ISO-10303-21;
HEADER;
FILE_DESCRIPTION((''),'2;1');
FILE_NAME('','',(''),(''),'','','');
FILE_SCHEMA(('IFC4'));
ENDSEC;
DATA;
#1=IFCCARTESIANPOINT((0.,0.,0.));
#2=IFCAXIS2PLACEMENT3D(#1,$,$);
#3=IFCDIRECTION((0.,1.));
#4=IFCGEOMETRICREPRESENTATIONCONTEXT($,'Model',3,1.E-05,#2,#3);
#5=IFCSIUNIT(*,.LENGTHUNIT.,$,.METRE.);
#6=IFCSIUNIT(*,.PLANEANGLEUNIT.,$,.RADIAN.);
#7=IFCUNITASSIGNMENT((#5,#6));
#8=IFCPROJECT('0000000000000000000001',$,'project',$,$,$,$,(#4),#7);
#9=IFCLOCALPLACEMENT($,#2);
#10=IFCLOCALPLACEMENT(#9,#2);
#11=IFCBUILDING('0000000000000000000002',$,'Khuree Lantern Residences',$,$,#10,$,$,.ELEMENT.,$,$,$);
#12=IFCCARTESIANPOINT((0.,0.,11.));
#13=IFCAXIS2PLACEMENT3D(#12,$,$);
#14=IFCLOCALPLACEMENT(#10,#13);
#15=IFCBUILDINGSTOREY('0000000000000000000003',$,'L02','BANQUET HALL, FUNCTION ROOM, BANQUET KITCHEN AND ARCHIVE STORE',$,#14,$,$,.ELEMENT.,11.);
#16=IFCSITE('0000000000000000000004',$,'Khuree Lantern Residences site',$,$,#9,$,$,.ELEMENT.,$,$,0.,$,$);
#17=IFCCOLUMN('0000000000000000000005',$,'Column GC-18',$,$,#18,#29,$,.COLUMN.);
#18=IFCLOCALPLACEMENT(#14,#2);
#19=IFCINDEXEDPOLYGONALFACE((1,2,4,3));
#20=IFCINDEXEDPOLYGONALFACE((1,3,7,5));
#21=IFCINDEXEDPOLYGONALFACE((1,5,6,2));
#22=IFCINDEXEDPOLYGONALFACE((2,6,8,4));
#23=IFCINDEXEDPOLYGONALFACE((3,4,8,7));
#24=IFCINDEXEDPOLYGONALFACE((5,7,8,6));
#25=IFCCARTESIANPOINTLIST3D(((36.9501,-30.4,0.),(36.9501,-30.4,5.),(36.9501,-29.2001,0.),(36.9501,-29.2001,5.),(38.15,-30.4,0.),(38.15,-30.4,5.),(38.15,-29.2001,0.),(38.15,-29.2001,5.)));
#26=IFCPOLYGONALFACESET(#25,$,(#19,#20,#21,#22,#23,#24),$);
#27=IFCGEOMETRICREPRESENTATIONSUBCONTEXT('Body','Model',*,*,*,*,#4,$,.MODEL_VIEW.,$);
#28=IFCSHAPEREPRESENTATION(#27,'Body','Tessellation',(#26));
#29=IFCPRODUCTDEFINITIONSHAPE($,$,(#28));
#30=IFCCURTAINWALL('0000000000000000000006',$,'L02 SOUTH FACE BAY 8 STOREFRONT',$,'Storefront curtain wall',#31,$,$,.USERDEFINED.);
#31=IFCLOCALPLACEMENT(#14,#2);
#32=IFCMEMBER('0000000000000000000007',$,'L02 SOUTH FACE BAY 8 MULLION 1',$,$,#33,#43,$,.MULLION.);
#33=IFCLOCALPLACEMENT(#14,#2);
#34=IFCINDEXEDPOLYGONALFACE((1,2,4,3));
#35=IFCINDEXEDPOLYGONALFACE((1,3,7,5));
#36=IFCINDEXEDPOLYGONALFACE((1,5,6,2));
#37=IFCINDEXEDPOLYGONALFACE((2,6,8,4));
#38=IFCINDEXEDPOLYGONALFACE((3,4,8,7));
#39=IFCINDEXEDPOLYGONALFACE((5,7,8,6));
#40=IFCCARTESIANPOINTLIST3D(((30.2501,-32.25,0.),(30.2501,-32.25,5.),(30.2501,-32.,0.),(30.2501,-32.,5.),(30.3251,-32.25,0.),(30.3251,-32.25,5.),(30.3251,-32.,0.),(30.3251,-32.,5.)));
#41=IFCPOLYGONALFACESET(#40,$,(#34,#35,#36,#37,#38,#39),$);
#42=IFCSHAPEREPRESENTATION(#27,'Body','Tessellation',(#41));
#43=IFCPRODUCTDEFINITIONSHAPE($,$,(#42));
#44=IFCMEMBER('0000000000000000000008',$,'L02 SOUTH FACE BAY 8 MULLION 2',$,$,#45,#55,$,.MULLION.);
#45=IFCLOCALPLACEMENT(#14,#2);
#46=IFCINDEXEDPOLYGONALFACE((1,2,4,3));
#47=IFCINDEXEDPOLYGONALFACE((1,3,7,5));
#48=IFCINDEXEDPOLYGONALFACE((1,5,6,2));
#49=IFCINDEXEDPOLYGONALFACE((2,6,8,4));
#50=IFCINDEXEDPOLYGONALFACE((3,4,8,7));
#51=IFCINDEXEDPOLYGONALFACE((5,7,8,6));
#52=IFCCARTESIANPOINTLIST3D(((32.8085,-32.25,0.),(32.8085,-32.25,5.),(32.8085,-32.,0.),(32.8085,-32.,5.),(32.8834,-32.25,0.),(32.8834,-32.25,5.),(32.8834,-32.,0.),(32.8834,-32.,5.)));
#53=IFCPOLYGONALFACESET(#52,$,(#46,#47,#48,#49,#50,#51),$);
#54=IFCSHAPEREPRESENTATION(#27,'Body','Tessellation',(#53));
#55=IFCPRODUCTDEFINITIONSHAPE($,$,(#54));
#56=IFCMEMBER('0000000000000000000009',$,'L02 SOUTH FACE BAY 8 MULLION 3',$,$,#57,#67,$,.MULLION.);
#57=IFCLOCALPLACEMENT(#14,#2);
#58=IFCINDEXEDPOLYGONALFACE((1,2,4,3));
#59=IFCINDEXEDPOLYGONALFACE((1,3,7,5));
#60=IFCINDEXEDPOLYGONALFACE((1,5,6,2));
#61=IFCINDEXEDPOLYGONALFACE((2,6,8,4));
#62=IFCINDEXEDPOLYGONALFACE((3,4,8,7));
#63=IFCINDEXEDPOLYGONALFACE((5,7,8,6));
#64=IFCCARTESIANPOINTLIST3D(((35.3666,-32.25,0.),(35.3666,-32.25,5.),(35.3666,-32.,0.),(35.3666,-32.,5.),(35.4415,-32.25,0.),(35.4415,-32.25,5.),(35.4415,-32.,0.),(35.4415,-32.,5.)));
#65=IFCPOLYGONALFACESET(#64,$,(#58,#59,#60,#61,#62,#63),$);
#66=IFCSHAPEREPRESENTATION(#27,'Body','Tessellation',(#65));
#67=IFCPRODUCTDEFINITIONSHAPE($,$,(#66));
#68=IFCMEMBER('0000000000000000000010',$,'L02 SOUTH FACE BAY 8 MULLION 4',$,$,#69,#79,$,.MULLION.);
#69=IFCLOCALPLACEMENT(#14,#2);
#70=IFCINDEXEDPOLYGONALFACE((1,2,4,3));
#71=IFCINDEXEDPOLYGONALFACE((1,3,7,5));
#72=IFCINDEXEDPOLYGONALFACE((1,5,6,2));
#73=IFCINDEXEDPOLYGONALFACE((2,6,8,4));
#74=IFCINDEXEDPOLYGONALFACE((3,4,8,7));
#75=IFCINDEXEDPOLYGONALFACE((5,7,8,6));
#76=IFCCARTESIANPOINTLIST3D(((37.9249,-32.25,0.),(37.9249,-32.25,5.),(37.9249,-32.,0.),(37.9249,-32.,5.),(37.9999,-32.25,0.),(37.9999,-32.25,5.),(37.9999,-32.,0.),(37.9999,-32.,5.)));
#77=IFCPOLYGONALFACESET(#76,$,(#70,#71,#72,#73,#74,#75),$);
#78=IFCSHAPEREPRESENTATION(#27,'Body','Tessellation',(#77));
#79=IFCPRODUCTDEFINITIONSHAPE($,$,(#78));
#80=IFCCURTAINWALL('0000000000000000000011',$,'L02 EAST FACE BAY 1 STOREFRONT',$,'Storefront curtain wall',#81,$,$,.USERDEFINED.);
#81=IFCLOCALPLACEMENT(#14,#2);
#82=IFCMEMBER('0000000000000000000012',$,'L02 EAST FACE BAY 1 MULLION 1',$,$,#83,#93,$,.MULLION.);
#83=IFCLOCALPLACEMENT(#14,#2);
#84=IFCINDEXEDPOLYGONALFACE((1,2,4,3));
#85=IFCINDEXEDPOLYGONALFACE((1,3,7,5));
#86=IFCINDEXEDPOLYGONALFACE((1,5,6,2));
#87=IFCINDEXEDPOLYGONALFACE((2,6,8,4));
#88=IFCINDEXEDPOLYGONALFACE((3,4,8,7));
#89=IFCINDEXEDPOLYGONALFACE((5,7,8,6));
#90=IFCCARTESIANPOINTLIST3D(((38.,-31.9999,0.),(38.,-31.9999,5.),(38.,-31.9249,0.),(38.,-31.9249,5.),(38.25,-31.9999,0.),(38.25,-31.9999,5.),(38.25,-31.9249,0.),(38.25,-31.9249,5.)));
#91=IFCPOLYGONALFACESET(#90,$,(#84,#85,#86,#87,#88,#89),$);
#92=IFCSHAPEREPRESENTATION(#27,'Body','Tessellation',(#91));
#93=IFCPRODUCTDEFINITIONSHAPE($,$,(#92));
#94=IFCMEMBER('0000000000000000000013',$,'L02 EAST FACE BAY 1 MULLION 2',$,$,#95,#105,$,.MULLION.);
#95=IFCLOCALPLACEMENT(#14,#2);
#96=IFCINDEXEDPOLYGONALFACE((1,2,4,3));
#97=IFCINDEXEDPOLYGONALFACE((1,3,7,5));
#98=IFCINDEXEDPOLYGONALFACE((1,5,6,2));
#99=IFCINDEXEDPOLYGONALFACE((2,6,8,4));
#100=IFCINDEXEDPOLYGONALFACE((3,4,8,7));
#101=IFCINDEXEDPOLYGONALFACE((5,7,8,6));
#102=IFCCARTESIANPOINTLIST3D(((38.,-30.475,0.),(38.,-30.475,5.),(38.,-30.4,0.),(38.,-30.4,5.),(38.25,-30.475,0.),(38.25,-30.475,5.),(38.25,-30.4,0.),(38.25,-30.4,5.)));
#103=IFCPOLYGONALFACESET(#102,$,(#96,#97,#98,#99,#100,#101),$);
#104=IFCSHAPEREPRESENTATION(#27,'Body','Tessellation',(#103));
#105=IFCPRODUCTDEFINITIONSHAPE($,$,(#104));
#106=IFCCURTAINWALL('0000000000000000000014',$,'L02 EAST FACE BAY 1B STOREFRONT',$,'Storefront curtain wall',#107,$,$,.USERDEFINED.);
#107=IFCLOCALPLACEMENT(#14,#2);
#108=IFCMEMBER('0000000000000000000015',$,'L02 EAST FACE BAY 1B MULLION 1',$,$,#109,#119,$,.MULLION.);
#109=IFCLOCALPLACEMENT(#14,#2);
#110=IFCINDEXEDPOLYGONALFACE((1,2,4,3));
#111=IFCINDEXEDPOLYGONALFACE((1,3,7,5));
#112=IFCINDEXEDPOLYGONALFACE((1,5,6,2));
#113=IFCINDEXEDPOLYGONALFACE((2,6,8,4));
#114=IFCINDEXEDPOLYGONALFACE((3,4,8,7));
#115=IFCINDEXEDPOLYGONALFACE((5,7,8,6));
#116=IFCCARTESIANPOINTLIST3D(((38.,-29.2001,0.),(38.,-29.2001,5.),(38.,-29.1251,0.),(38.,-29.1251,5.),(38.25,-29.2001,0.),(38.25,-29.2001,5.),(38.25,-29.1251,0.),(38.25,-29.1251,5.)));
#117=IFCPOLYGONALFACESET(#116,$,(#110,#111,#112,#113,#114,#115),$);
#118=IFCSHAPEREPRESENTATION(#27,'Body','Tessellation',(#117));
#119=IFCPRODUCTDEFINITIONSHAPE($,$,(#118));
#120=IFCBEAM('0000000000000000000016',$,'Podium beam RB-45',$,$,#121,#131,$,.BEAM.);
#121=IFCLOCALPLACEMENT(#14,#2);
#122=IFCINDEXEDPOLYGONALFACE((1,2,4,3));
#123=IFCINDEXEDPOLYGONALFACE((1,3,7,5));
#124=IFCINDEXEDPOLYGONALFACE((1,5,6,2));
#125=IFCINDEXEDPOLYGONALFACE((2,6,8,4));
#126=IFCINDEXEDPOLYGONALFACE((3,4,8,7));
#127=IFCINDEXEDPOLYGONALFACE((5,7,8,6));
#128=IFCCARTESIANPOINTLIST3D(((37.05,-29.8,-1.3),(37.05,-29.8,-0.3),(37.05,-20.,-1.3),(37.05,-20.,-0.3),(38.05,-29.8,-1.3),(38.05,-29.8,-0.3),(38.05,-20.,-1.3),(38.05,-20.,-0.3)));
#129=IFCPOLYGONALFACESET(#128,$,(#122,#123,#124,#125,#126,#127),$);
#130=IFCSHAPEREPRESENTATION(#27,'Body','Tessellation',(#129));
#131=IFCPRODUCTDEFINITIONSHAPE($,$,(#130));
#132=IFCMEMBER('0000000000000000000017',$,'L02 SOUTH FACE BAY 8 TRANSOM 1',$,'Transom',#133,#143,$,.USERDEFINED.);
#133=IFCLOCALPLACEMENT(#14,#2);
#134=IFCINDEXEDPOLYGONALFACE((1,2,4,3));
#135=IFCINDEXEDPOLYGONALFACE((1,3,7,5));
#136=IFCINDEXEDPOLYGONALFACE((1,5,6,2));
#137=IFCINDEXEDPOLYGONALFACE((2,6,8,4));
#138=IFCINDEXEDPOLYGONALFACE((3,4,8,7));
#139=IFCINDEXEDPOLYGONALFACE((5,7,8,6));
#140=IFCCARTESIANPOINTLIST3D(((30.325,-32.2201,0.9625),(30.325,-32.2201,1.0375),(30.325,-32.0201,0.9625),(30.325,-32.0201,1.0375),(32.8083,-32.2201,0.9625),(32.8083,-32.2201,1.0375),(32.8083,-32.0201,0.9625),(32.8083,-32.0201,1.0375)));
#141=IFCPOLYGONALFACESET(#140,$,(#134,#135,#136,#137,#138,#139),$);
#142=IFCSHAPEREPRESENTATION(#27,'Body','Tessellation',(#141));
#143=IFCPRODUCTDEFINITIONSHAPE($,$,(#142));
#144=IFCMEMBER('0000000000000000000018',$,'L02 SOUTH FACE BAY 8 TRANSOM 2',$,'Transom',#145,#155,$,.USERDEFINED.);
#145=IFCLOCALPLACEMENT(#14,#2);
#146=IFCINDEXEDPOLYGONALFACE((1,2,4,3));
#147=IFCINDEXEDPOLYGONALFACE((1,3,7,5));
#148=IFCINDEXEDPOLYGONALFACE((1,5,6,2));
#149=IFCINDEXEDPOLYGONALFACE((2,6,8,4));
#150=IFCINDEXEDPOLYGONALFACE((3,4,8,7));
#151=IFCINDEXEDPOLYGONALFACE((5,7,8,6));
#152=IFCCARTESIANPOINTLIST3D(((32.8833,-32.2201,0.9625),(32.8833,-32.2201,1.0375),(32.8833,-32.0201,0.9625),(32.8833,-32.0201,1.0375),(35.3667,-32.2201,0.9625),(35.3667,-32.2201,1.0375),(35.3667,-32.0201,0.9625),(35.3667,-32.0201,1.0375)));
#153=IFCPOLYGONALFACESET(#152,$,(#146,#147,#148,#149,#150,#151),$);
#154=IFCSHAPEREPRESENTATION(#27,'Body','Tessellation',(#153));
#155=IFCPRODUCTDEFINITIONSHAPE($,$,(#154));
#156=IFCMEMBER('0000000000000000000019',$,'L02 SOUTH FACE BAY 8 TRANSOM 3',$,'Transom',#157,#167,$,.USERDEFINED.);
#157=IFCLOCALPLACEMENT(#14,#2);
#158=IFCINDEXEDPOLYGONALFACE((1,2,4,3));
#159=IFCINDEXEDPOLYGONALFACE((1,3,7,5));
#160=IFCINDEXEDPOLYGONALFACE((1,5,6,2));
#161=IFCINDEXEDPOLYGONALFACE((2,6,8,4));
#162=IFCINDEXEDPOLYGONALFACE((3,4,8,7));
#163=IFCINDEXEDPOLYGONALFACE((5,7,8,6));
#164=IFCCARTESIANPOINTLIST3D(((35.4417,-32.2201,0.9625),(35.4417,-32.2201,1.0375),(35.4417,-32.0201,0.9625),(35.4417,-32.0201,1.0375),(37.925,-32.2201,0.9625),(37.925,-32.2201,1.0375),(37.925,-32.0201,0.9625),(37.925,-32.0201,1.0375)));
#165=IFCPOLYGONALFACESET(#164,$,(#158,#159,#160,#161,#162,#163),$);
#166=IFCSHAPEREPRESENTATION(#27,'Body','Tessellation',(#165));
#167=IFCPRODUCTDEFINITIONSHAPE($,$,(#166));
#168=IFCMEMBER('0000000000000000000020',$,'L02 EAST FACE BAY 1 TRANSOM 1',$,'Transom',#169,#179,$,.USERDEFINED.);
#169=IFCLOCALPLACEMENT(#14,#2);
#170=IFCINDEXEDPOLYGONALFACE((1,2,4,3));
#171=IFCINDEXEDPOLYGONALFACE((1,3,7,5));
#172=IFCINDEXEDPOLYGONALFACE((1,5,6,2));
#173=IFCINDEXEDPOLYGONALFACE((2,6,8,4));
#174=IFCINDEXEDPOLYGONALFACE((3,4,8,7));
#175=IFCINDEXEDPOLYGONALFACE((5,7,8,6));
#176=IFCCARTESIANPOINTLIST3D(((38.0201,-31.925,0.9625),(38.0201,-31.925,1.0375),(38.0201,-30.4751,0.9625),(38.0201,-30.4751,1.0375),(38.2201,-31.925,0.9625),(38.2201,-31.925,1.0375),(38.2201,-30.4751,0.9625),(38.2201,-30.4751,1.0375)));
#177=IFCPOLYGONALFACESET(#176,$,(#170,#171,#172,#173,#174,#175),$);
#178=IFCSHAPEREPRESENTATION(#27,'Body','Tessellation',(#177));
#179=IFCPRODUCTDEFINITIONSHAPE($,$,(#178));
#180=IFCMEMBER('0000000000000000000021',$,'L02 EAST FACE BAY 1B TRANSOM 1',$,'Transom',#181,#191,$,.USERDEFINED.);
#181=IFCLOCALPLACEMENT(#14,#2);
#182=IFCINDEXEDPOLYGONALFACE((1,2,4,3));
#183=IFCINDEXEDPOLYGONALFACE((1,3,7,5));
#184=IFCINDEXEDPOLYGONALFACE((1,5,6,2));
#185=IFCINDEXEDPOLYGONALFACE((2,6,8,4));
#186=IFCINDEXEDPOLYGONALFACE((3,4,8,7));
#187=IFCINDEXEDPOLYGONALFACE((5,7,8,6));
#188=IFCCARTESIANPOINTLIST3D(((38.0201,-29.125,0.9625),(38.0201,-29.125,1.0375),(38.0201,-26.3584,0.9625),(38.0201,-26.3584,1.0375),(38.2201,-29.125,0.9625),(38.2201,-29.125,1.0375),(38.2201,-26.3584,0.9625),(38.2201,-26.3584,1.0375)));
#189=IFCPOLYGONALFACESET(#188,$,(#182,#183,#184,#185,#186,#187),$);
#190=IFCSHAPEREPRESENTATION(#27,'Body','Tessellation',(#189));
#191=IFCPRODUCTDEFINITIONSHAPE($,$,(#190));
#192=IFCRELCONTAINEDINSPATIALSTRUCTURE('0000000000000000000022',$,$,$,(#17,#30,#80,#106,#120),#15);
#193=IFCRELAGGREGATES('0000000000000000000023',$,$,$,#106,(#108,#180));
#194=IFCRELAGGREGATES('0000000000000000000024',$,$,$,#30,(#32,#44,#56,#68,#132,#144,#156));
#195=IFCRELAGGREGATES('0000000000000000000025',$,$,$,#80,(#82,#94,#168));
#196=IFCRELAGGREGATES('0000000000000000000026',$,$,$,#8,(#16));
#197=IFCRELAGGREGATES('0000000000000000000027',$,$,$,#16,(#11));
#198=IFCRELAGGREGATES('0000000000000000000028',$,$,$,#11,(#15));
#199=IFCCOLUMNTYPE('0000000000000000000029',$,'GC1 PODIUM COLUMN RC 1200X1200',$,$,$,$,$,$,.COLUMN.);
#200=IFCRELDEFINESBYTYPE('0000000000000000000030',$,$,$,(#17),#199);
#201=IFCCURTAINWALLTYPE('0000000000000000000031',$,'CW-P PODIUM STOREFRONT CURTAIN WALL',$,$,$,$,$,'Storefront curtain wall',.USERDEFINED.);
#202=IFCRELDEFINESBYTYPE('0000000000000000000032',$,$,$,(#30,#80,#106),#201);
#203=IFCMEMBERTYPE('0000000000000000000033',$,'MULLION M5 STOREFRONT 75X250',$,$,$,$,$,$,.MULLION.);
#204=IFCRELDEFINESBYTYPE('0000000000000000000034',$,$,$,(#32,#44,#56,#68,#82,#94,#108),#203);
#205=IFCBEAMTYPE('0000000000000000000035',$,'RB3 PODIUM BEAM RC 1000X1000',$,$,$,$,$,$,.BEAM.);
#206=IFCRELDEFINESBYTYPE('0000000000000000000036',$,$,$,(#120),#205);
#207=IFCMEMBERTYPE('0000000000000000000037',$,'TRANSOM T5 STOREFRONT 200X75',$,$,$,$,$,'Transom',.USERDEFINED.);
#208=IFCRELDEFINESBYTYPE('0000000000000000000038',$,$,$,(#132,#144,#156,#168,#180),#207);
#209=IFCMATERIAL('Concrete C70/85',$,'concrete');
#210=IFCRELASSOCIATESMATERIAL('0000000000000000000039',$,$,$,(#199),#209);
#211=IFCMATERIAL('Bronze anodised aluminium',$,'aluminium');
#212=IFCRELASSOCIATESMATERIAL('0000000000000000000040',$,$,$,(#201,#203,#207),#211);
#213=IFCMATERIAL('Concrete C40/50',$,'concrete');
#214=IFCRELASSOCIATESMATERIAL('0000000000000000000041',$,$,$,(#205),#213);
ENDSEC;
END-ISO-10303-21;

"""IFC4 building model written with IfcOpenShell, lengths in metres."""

from ifc_helpers import new_model, si_unit, direction, frame, origin, origin_2d, place, context, subcontext, project, spatial, rectangle, extrude, material, material_profile, profile_set, type_object, element, aggregate, save


model = new_model("IFC4")

# Units and contexts
model_context = context("Model", 3, precision=1e-05, world=origin(), true_north=direction((0.0, 1.0)))
body_context = subcontext(model_context, "Body", "Model", "MODEL_VIEW")
ifc_project = project(units=[si_unit("LENGTHUNIT", "METRE"), si_unit("PLANEANGLEUNIT", "RADIAN")], contexts=[model_context])

# Site, building, storey
site_placement = place(None, origin())
site = spatial("IfcSite", under=ifc_project, at=site_placement, Name="Khuree Lantern Residences site", CompositionType="ELEMENT", RefElevation=0.0)
building_placement = place(site_placement, origin())
building = spatial("IfcBuilding", under=site, at=building_placement, Name="Khuree Lantern Residences", CompositionType="ELEMENT")
storey_placement = place(building_placement, frame((0.0, 0.0, 11.0)))
storey = spatial("IfcBuildingStorey", under=building, at=storey_placement, Name="L02", Description="BANQUET HALL, FUNCTION ROOM, BANQUET KITCHEN AND ARCHIVE STORE", CompositionType="ELEMENT", Elevation=11.0)

# Column
ifc_material_1 = material(Name="Concrete C70/85", Category="concrete")
ifc_material_profile_1 = material_profile(ifc_material_1, rectangle(XDim=1.2, YDim=1.2, at=origin_2d()), Name="RC 1200X1200")
ifc_profile_set_1 = profile_set([ifc_material_profile_1], Name="Concrete C70/85")
column_type = type_object("IfcColumnType", Name="GC1 PODIUM COLUMN RC 1200X1200", PredefinedType="COLUMN", material=ifc_profile_set_1)
column_placement = place(storey_placement, frame((37.55, -29.8, 0.0), z_axis=(0.0, 0.0, 1.0), x_axis=(1.0, 0.0, 0.0)))
element("IfcColumn", 1, at=column_placement, inside=storey, type_object=column_type, Name="Column GC-18", PredefinedType="COLUMN", context=body_context, shape_type="SweptSolid", body=[
    extrude(rectangle(XDim=1.2, YDim=1.2, at=origin_2d()), origin(), (0.0, 0.0, 1.0), 5.0),
])

# Curtain walls, members
ifc_material_2 = material(Name="Bronze anodised aluminium", Category="aluminium")
curtain_wall_type = type_object("IfcCurtainWallType", Name="CW-P PODIUM STOREFRONT CURTAIN WALL", ElementType="Storefront curtain wall", PredefinedType="USERDEFINED", material=ifc_material_2)
curtain_wall_1_placement = place(storey_placement, origin())
curtain_wall_1 = element("IfcCurtainWall", 2, at=curtain_wall_1_placement, inside=storey, type_object=curtain_wall_type, Name="L02 SOUTH FACE BAY 8 STOREFRONT", ObjectType="Storefront curtain wall", PredefinedType="USERDEFINED")
ifc_material_profile_2 = material_profile(ifc_material_2, rectangle(XDim=0.075, YDim=0.25, at=origin_2d()), Name="M5 75X250")
ifc_profile_set_2 = profile_set([ifc_material_profile_2], Name="Bronze anodised aluminium")
member_type_1 = type_object("IfcMemberType", Name="MULLION M5 STOREFRONT 75X250", PredefinedType="MULLION", material=ifc_profile_set_2)
member_1_placement = place(storey_placement, frame((30.2876, -32.125, 0.0), z_axis=(0.0, 0.0, 1.0), x_axis=(1.0, 0.0, 0.0)))
member_1 = element("IfcMember", 3, at=member_1_placement, type_object=member_type_1, Name="L02 SOUTH FACE BAY 8 MULLION 1", PredefinedType="MULLION", context=body_context, shape_type="SweptSolid", body=[
    extrude(rectangle(XDim=0.075, YDim=0.25, at=origin_2d()), origin(), (0.0, 0.0, 1.0), 5.0),
])
member_2_placement = place(storey_placement, frame((32.8459, -32.125, 0.0), z_axis=(0.0, 0.0, 1.0), x_axis=(1.0, 0.0, 0.0)))
member_2 = element("IfcMember", 4, at=member_2_placement, type_object=member_type_1, Name="L02 SOUTH FACE BAY 8 MULLION 2", PredefinedType="MULLION", context=body_context, shape_type="SweptSolid", body=[
    extrude(rectangle(XDim=0.075, YDim=0.25, at=origin_2d()), origin(), (0.0, 0.0, 1.0), 5.0),
])
member_3_placement = place(storey_placement, frame((35.4041, -32.125, 0.0), z_axis=(0.0, 0.0, 1.0), x_axis=(1.0, 0.0, 0.0)))
member_3 = element("IfcMember", 5, at=member_3_placement, type_object=member_type_1, Name="L02 SOUTH FACE BAY 8 MULLION 3", PredefinedType="MULLION", context=body_context, shape_type="SweptSolid", body=[
    extrude(rectangle(XDim=0.075, YDim=0.25, at=origin_2d()), origin(), (0.0, 0.0, 1.0), 5.0),
])
member_4_placement = place(storey_placement, frame((37.9624, -32.125, 0.0), z_axis=(0.0, 0.0, 1.0), x_axis=(1.0, 0.0, 0.0)))
member_4 = element("IfcMember", 6, at=member_4_placement, type_object=member_type_1, Name="L02 SOUTH FACE BAY 8 MULLION 4", PredefinedType="MULLION", context=body_context, shape_type="SweptSolid", body=[
    extrude(rectangle(XDim=0.075, YDim=0.25, at=origin_2d()), origin(), (0.0, 0.0, 1.0), 5.0),
])
curtain_wall_2_placement = place(storey_placement, origin())
curtain_wall_2 = element("IfcCurtainWall", 7, at=curtain_wall_2_placement, inside=storey, type_object=curtain_wall_type, Name="L02 EAST FACE BAY 1 STOREFRONT", ObjectType="Storefront curtain wall", PredefinedType="USERDEFINED")
member_5_placement = place(storey_placement, frame((38.125, -31.9624, 0.0), z_axis=(0.0, 0.0, 1.0), x_axis=(0.0, 1.0, 0.0)))
member_5 = element("IfcMember", 8, at=member_5_placement, type_object=member_type_1, Name="L02 EAST FACE BAY 1 MULLION 1", PredefinedType="MULLION", context=body_context, shape_type="SweptSolid", body=[
    extrude(rectangle(XDim=0.075, YDim=0.25, at=origin_2d()), origin(), (0.0, 0.0, 1.0), 5.0),
])
member_6_placement = place(storey_placement, frame((38.125, -30.4375, 0.0), z_axis=(0.0, 0.0, 1.0), x_axis=(0.0, 1.0, 0.0)))
member_6 = element("IfcMember", 9, at=member_6_placement, type_object=member_type_1, Name="L02 EAST FACE BAY 1 MULLION 2", PredefinedType="MULLION", context=body_context, shape_type="SweptSolid", body=[
    extrude(rectangle(XDim=0.075, YDim=0.25, at=origin_2d()), origin(), (0.0, 0.0, 1.0), 5.0),
])

# Curtain wall, member
curtain_wall_3_placement = place(storey_placement, origin())
curtain_wall_3 = element("IfcCurtainWall", 10, at=curtain_wall_3_placement, inside=storey, type_object=curtain_wall_type, Name="L02 EAST FACE BAY 1B STOREFRONT", ObjectType="Storefront curtain wall", PredefinedType="USERDEFINED")
member_7_placement = place(storey_placement, frame((38.125, -29.1626, 0.0), z_axis=(0.0, 0.0, 1.0), x_axis=(0.0, 1.0, 0.0)))
member_7 = element("IfcMember", 11, at=member_7_placement, type_object=member_type_1, Name="L02 EAST FACE BAY 1B MULLION 1", PredefinedType="MULLION", context=body_context, shape_type="SweptSolid", body=[
    extrude(rectangle(XDim=0.075, YDim=0.25, at=origin_2d()), origin(), (0.0, 0.0, 1.0), 5.0),
])

# Beam
ifc_material_3 = material(Name="Concrete C40/50", Category="concrete")
ifc_material_profile_3 = material_profile(ifc_material_3, rectangle(XDim=1.0, YDim=1.0, at=origin_2d()), Name="RC 1000X1000")
ifc_profile_set_3 = profile_set([ifc_material_profile_3], Name="Concrete C40/50")
beam_type = type_object("IfcBeamType", Name="RB3 PODIUM BEAM RC 1000X1000", PredefinedType="BEAM", material=ifc_profile_set_3)
beam_placement = place(storey_placement, frame((37.55, -29.8, -0.8), z_axis=(0.0, 1.0, 0.0), x_axis=(-1.0, 0.0, 0.0)))
element("IfcBeam", 12, at=beam_placement, inside=storey, type_object=beam_type, Name="Podium beam RB-45", PredefinedType="BEAM", context=body_context, shape_type="SweptSolid", body=[
    extrude(rectangle(XDim=1.0, YDim=1.0, at=origin_2d()), origin(), (0.0, 0.0, 1.0), 9.8),
])

# Members
ifc_material_profile_4 = material_profile(ifc_material_2, rectangle(XDim=0.2, YDim=0.075, at=origin_2d()), Name="T5 200X75")
ifc_profile_set_4 = profile_set([ifc_material_profile_4], Name="Bronze anodised aluminium")
member_type_2 = type_object("IfcMemberType", Name="TRANSOM T5 STOREFRONT 200X75", ElementType="Transom", PredefinedType="USERDEFINED", material=ifc_profile_set_4)
member_8_placement = place(storey_placement, frame((30.325, -32.1201, 1.0), z_axis=(1.0, 0.0, 0.0), x_axis=(0.0, 1.0, 0.0)))
member_8 = element("IfcMember", 13, at=member_8_placement, type_object=member_type_2, Name="L02 SOUTH FACE BAY 8 TRANSOM 1", ObjectType="Transom", PredefinedType="USERDEFINED", context=body_context, shape_type="SweptSolid", body=[
    extrude(rectangle(XDim=0.2, YDim=0.075, at=origin_2d()), origin(), (0.0, 0.0, 1.0), 2.4834),
])
member_9_placement = place(storey_placement, frame((32.8833, -32.1201, 1.0), z_axis=(1.0, 0.0, 0.0), x_axis=(0.0, 1.0, 0.0)))
member_9 = element("IfcMember", 14, at=member_9_placement, type_object=member_type_2, Name="L02 SOUTH FACE BAY 8 TRANSOM 2", ObjectType="Transom", PredefinedType="USERDEFINED", context=body_context, shape_type="SweptSolid", body=[
    extrude(rectangle(XDim=0.2, YDim=0.075, at=origin_2d()), origin(), (0.0, 0.0, 1.0), 2.4834),
])
member_10_placement = place(storey_placement, frame((35.4417, -32.1201, 1.0), z_axis=(1.0, 0.0, 0.0), x_axis=(0.0, 1.0, 0.0)))
member_10 = element("IfcMember", 15, at=member_10_placement, type_object=member_type_2, Name="L02 SOUTH FACE BAY 8 TRANSOM 3", ObjectType="Transom", PredefinedType="USERDEFINED", context=body_context, shape_type="SweptSolid", body=[
    extrude(rectangle(XDim=0.2, YDim=0.075, at=origin_2d()), origin(), (0.0, 0.0, 1.0), 2.4834),
])
member_11_placement = place(storey_placement, frame((38.1201, -31.925, 1.0), z_axis=(0.0, 1.0, 0.0), x_axis=(-1.0, 0.0, 0.0)))
member_11 = element("IfcMember", 16, at=member_11_placement, type_object=member_type_2, Name="L02 EAST FACE BAY 1 TRANSOM 1", ObjectType="Transom", PredefinedType="USERDEFINED", context=body_context, shape_type="SweptSolid", body=[
    extrude(rectangle(XDim=0.2, YDim=0.075, at=origin_2d()), origin(), (0.0, 0.0, 1.0), 1.45),
])
member_12_placement = place(storey_placement, frame((38.1201, -29.125, 1.0), z_axis=(0.0, 1.0, 0.0), x_axis=(-1.0, 0.0, 0.0)))
member_12 = element("IfcMember", 17, at=member_12_placement, type_object=member_type_2, Name="L02 EAST FACE BAY 1B TRANSOM 1", ObjectType="Transom", PredefinedType="USERDEFINED", context=body_context, shape_type="SweptSolid", body=[
    extrude(rectangle(XDim=0.2, YDim=0.075, at=origin_2d()), origin(), (0.0, 0.0, 1.0), 2.7666),
])
aggregate(curtain_wall_3, [member_7, member_12])

aggregate(curtain_wall_1, [member_1, member_2, member_3, member_4, member_8, member_9, member_10])
aggregate(curtain_wall_2, [member_5, member_6, member_11])

save(model, "model.ifc")
